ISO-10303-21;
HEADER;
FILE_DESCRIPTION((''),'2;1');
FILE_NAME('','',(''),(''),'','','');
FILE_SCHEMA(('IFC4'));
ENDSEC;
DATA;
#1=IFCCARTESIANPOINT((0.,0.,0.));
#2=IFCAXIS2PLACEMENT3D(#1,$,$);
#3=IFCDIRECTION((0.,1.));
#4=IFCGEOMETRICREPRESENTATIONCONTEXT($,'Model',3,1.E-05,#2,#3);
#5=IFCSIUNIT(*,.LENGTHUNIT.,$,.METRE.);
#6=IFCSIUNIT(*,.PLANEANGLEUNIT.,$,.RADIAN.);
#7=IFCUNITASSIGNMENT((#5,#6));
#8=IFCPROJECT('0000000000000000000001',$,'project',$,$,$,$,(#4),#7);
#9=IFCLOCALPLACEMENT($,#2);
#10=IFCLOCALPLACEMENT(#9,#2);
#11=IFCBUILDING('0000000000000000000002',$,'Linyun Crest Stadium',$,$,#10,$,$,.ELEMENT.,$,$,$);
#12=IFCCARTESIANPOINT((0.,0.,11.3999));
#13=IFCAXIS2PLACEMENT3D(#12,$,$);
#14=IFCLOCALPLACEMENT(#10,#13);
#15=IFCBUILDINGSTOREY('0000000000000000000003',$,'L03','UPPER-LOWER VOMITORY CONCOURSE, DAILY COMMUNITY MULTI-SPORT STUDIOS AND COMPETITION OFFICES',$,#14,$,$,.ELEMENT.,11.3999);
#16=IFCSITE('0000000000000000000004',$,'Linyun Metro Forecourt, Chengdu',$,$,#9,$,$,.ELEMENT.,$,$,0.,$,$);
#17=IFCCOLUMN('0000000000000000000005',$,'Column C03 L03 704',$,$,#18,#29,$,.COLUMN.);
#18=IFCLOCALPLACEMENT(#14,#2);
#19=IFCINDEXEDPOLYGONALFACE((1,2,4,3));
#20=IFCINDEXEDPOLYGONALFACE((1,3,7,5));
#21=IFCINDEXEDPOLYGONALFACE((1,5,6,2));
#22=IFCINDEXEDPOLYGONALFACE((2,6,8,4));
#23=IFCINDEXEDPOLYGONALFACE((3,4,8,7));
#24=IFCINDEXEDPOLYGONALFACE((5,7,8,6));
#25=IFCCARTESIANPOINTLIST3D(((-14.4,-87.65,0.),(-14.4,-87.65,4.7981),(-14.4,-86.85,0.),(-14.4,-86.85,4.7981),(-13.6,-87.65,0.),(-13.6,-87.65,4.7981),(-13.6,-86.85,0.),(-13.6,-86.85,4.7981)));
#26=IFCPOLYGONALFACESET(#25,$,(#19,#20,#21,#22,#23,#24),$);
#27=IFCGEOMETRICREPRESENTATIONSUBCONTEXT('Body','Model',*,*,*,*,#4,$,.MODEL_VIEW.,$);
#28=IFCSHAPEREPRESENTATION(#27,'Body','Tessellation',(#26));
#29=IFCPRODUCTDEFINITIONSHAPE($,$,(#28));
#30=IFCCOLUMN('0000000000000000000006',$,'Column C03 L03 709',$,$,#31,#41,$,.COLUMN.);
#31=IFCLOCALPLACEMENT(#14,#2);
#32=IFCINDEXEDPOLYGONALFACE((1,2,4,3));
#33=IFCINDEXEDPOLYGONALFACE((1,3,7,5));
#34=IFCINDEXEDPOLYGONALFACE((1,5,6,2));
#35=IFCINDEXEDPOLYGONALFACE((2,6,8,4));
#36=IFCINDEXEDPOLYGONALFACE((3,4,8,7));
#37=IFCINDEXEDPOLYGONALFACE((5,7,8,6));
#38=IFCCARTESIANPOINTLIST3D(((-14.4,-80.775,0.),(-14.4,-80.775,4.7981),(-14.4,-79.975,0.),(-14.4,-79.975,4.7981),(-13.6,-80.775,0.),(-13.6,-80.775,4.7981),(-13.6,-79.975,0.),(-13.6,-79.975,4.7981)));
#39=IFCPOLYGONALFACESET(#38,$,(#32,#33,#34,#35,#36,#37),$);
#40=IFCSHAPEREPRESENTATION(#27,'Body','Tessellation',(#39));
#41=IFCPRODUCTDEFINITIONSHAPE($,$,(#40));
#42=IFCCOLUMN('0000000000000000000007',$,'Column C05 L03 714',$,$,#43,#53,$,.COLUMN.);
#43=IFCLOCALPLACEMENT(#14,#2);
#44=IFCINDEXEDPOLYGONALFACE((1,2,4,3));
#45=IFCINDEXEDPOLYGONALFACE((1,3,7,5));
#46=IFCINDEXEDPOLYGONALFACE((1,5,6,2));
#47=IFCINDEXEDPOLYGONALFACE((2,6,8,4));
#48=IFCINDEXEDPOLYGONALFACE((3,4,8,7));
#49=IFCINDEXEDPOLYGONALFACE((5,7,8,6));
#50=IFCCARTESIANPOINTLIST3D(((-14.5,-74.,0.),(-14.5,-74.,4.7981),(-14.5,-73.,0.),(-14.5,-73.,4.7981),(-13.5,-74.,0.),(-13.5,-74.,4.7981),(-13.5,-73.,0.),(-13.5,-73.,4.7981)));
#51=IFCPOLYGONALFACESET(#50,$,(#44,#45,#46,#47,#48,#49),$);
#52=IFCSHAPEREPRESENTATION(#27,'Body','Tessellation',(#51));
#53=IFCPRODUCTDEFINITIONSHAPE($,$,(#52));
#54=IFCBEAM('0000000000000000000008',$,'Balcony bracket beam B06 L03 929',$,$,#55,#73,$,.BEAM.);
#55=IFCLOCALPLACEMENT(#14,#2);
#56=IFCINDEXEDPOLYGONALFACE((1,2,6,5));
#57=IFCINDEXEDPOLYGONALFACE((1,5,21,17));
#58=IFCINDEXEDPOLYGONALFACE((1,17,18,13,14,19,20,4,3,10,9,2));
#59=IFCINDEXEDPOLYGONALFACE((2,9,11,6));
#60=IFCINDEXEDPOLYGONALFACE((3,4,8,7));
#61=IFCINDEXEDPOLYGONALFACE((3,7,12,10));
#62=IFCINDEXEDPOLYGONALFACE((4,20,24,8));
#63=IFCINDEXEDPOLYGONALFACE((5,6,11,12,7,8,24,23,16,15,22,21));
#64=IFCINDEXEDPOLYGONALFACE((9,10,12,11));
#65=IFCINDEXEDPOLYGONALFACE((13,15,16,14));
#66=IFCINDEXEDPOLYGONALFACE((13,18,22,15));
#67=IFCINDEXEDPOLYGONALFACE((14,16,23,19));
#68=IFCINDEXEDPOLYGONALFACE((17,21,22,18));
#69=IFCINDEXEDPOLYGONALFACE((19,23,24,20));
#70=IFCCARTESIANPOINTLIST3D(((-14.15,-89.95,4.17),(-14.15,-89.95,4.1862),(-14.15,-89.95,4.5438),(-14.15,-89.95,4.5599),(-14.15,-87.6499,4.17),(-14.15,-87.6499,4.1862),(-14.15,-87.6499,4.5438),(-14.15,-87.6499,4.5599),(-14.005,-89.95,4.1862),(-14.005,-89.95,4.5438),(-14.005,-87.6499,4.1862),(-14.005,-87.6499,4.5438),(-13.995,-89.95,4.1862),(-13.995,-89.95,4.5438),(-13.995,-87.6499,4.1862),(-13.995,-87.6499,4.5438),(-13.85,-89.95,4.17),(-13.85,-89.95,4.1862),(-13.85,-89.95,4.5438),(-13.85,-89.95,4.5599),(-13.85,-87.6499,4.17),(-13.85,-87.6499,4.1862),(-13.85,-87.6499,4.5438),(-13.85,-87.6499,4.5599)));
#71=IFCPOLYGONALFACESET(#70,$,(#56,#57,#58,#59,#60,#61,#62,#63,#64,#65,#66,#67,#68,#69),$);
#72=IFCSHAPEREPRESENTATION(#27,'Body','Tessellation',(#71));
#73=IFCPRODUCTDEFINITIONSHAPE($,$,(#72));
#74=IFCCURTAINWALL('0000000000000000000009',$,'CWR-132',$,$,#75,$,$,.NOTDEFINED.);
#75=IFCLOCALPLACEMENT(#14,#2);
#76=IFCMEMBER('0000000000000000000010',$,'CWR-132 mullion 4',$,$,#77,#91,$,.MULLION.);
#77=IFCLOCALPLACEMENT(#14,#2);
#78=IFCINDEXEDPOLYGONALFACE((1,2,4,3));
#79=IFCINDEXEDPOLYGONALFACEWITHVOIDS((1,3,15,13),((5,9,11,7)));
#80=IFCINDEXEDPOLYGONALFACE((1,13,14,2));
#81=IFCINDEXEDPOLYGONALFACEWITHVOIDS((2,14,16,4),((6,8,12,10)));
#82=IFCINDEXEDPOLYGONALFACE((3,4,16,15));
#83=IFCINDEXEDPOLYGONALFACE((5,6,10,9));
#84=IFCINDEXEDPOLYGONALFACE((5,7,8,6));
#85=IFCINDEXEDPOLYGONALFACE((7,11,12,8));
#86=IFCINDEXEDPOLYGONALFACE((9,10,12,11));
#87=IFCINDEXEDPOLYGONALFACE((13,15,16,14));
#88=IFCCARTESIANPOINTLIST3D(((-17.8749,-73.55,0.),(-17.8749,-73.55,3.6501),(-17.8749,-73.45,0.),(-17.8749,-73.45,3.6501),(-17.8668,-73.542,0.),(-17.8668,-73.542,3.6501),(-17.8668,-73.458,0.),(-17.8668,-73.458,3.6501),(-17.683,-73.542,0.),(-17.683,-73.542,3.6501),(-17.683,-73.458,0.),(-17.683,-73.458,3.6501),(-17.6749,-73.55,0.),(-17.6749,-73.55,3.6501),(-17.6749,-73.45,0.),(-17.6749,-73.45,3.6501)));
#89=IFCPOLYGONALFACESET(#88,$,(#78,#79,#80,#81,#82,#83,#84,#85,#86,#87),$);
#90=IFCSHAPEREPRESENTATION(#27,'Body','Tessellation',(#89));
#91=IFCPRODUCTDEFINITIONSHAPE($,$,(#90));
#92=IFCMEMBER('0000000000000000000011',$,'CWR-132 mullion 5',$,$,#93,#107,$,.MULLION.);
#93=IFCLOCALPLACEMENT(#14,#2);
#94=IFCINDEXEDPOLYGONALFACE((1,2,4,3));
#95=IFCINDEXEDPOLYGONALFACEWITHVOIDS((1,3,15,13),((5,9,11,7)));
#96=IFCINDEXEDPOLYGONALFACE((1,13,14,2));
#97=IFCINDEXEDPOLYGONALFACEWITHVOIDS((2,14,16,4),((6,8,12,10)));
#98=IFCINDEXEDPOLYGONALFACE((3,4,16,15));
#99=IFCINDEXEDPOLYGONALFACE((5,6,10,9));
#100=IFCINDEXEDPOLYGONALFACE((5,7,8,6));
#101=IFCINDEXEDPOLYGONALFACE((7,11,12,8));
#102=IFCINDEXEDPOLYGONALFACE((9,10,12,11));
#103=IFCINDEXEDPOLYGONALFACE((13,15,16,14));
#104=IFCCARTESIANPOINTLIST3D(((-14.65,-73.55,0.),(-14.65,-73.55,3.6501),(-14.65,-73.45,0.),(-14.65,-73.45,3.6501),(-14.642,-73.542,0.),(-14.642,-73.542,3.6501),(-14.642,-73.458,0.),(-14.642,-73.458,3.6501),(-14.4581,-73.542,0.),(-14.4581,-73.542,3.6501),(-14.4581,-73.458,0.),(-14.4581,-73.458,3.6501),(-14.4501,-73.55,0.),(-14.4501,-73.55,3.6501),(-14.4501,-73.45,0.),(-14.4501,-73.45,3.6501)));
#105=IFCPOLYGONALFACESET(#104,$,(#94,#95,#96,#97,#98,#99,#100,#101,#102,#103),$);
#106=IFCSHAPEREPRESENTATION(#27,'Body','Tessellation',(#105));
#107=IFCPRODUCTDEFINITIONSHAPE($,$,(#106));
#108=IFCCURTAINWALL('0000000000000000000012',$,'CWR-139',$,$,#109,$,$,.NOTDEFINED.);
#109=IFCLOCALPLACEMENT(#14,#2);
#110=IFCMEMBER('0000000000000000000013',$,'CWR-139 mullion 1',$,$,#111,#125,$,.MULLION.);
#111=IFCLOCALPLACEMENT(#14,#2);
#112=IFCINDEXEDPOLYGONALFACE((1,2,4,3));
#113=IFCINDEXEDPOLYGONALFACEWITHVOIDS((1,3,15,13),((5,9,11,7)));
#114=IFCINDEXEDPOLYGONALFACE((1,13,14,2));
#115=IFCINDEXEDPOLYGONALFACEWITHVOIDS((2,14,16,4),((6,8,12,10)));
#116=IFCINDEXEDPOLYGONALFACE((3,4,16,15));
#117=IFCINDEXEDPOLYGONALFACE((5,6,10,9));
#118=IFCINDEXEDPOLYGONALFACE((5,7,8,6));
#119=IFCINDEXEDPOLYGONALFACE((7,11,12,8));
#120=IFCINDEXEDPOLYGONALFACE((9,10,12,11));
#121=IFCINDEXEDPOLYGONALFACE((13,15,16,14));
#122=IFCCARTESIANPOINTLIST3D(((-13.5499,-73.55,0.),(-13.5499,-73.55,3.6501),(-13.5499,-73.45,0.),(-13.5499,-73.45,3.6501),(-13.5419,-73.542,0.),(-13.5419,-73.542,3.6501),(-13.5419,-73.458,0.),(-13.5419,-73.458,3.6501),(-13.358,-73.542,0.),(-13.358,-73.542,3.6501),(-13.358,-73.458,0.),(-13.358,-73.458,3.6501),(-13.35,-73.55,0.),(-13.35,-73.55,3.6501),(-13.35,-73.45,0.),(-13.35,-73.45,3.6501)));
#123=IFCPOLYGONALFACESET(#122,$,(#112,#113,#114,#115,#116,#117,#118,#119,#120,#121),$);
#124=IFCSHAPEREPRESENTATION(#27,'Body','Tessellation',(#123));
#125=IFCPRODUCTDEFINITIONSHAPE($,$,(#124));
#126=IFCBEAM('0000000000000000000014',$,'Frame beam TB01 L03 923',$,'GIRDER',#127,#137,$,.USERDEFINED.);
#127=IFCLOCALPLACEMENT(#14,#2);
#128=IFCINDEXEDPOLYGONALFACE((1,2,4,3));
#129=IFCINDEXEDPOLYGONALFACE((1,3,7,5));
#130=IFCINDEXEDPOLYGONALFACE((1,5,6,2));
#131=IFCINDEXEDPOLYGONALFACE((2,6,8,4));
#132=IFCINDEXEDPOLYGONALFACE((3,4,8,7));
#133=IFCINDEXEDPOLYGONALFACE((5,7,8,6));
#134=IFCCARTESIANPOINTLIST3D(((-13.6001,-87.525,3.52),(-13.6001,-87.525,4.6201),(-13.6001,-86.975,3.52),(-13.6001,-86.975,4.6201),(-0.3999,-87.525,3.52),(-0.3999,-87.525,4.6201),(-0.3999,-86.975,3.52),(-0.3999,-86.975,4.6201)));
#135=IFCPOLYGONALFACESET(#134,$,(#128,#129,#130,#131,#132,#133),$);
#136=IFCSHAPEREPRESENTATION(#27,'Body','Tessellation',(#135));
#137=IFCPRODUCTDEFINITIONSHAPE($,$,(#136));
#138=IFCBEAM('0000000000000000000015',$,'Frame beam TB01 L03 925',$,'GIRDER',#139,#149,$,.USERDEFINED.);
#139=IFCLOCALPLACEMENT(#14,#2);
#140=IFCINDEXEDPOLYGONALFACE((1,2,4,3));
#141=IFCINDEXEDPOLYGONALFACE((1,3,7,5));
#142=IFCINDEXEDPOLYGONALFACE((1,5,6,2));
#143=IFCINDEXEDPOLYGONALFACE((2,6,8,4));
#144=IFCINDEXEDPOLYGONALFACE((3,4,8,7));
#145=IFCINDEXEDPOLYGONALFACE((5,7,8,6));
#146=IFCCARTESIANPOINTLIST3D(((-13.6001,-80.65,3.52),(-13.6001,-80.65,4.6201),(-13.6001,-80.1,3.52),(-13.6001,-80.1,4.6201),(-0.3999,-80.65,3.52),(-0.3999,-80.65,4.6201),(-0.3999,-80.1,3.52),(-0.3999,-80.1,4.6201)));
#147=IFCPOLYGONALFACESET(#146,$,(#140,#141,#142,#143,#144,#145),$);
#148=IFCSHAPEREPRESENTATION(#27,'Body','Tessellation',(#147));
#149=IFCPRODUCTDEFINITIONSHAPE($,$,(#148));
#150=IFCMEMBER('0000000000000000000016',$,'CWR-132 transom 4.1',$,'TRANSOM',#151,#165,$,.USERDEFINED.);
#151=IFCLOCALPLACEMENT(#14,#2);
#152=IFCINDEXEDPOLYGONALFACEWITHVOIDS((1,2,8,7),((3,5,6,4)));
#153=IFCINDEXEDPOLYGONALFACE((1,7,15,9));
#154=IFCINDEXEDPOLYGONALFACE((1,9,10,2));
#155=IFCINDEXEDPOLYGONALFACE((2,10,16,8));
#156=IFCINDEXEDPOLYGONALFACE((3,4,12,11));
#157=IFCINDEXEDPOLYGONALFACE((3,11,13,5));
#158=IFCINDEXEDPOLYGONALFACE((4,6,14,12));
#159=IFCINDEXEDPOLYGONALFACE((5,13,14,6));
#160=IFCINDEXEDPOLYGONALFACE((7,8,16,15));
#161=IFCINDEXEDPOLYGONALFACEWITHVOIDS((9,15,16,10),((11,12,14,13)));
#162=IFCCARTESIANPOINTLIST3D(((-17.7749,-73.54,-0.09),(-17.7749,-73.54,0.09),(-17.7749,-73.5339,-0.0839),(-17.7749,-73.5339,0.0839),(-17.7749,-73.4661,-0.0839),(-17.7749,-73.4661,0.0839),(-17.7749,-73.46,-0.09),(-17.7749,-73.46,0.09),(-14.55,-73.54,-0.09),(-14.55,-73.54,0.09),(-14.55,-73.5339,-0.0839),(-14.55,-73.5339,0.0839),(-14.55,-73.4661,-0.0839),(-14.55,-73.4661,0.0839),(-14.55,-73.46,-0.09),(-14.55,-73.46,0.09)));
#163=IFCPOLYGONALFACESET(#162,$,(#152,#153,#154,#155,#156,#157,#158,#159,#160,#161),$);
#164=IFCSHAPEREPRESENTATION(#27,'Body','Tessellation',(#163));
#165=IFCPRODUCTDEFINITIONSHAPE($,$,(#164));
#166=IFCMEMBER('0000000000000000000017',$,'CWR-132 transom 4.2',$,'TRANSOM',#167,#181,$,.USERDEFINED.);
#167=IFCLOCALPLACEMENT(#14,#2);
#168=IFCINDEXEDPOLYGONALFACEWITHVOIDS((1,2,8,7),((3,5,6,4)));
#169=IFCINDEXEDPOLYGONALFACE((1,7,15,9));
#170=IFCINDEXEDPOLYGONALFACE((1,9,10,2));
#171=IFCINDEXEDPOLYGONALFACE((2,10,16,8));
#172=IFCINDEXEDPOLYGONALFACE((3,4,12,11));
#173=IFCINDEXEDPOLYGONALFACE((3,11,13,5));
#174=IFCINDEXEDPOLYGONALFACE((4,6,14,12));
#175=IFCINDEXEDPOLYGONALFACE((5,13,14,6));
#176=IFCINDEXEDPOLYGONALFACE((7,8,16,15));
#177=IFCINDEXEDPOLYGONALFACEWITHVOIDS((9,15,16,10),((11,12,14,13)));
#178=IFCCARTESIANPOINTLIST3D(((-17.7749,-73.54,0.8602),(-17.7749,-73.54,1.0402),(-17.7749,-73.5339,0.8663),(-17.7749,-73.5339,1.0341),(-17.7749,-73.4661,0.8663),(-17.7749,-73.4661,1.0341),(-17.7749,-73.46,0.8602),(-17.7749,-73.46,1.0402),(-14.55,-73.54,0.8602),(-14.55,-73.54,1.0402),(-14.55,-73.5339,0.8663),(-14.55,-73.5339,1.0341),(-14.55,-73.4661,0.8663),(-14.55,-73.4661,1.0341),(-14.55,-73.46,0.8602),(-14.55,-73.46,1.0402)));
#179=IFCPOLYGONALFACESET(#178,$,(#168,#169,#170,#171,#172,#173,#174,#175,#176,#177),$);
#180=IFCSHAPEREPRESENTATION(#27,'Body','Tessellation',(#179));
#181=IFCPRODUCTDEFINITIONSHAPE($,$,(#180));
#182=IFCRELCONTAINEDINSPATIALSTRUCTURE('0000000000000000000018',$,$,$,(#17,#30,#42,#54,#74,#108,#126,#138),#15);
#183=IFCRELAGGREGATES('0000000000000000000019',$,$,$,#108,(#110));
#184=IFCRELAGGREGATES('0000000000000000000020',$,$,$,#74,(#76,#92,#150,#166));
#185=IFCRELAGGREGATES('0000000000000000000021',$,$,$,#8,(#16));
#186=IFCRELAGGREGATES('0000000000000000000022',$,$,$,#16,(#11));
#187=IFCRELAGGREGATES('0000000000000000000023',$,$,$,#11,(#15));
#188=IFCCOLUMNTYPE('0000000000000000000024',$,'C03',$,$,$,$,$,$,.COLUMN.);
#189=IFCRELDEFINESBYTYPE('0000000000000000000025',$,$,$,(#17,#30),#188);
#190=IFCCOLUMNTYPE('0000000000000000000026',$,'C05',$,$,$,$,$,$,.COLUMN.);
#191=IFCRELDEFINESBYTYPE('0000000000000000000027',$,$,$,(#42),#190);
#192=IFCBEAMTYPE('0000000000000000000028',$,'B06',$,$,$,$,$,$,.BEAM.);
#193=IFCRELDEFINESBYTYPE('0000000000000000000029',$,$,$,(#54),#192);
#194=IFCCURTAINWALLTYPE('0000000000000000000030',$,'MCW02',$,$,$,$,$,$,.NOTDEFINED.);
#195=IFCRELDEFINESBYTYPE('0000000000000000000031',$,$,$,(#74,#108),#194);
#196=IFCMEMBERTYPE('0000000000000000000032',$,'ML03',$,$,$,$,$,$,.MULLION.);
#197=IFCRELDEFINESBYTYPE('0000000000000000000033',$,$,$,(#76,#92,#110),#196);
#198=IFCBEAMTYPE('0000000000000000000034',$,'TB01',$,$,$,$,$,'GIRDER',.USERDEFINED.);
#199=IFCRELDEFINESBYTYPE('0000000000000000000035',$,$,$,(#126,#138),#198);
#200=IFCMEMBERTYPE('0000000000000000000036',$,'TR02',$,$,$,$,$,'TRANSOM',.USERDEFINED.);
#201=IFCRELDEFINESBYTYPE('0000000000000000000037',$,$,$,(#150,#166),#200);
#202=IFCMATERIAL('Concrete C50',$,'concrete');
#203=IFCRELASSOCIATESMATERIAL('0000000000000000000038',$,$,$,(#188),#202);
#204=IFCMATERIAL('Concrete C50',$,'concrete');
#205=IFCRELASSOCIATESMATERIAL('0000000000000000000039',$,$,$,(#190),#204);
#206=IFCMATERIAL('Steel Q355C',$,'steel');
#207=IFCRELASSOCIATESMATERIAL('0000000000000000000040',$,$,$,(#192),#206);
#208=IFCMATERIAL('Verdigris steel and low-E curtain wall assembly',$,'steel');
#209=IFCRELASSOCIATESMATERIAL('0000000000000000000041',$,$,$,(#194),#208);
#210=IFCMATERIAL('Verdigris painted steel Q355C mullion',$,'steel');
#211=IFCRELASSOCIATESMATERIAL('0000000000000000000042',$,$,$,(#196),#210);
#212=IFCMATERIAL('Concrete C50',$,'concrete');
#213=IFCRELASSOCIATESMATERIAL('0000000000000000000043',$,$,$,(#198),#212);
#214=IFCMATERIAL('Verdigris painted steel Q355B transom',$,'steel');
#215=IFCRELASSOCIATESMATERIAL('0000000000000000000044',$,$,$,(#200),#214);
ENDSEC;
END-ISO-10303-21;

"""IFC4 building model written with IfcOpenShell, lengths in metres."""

from ifc_helpers import new_model, si_unit, direction, frame, origin, origin_2d, place, context, subcontext, project, spatial, rectangle, hollow_rectangle, i_section, extrude, material, material_profile, profile_set, type_object, element, aggregate, save


model = new_model("IFC4")

# Units and contexts
model_context = context("Model", 3, precision=1e-05, world=origin(), true_north=direction((0.0, 1.0)))
body_context = subcontext(model_context, "Body", "Model", "MODEL_VIEW")
ifc_project = project(units=[si_unit("LENGTHUNIT", "METRE"), si_unit("PLANEANGLEUNIT", "RADIAN")], contexts=[model_context])

# Site, building, storey
site_placement = place(None, origin())
site = spatial("IfcSite", under=ifc_project, at=site_placement, Name="Linyun Metro Forecourt, Chengdu", CompositionType="ELEMENT", RefElevation=0.0)
building_placement = place(site_placement, origin())
building = spatial("IfcBuilding", under=site, at=building_placement, Name="Linyun Crest Stadium", CompositionType="ELEMENT")
storey_placement = place(building_placement, frame((0.0, 0.0, 11.3999)))
storey = spatial("IfcBuildingStorey", under=building, at=storey_placement, Name="L03", Description="UPPER-LOWER VOMITORY CONCOURSE, DAILY COMMUNITY MULTI-SPORT STUDIOS AND COMPETITION OFFICES", CompositionType="ELEMENT", Elevation=11.3999)

# Columns
ifc_material_1 = material(Name="Concrete C50", Category="concrete")
ifc_material_profile_1 = material_profile(ifc_material_1, rectangle(XDim=0.8, YDim=0.8, at=origin_2d()), Name="RC 800x800")
ifc_profile_set_1 = profile_set([ifc_material_profile_1], Name="Concrete C50")
column_type_1 = type_object("IfcColumnType", Name="C03", PredefinedType="COLUMN", material=ifc_profile_set_1)
for number, where, z_axis, x_axis, name in (
    (1, (-14.0, -87.25, 0.0), (0.0, 0.0, 1.0), (1.0, 0.0, 0.0), "Column C03 L03 704"),
    (2, (-14.0, -80.375, 0.0), (0.0, 0.0, 1.0), (1.0, 0.0, 0.0), "Column C03 L03 709"),
):
    element("IfcColumn", number, at=place(storey_placement, frame(where, z_axis=z_axis, x_axis=x_axis)), inside=storey, type_object=column_type_1, Name=name, PredefinedType="COLUMN", context=body_context, shape_type="SweptSolid", body=[
        extrude(rectangle(XDim=0.8, YDim=0.8, at=origin_2d()), origin(), (0.0, 0.0, 1.0), 4.7981),
    ])
ifc_material_2 = material(Name="Concrete C50", Category="concrete")
ifc_material_profile_2 = material_profile(ifc_material_2, rectangle(XDim=1.0, YDim=1.0, at=origin_2d()), Name="RC 1000x1000")
ifc_profile_set_2 = profile_set([ifc_material_profile_2], Name="Concrete C50")
column_type_2 = type_object("IfcColumnType", Name="C05", PredefinedType="COLUMN", material=ifc_profile_set_2)
column_placement = place(storey_placement, frame((-14.0, -73.5, 0.0), z_axis=(0.0, 0.0, 1.0), x_axis=(1.0, 0.0, 0.0)))
element("IfcColumn", 3, at=column_placement, inside=storey, type_object=column_type_2, Name="Column C05 L03 714", PredefinedType="COLUMN", context=body_context, shape_type="SweptSolid", body=[
    extrude(rectangle(XDim=1.0, YDim=1.0, at=origin_2d()), origin(), (0.0, 0.0, 1.0), 4.7981),
])

# Beam
ifc_material_3 = material(Name="Steel Q355C", Category="steel")
ifc_material_profile_3 = material_profile(ifc_material_3, i_section(OverallWidth=0.3, OverallDepth=0.3899, WebThickness=0.01, FlangeThickness=0.0161, at=origin_2d()), Name="HM 390x300")
ifc_profile_set_3 = profile_set([ifc_material_profile_3], Name="Steel Q355C")
beam_type_1 = type_object("IfcBeamType", Name="B06", PredefinedType="BEAM", material=ifc_profile_set_3)
beam_placement = place(storey_placement, frame((-14.0, -89.95, 4.365), z_axis=(0.0, 1.0, 0.0), x_axis=(-1.0, 0.0, 0.0)))
element("IfcBeam", 4, at=beam_placement, inside=storey, type_object=beam_type_1, Name="Balcony bracket beam B06 L03 929", PredefinedType="BEAM", context=body_context, shape_type="SweptSolid", body=[
    extrude(i_section(OverallWidth=0.3, OverallDepth=0.3899, WebThickness=0.01, FlangeThickness=0.0161, at=origin_2d()), origin(), (0.0, 0.0, 1.0), 2.3),
])

# Curtain wall, members
ifc_material_4 = material(Name="Verdigris steel and low-E curtain wall assembly", Category="steel")
curtain_wall_type = type_object("IfcCurtainWallType", Name="MCW02", PredefinedType="NOTDEFINED", material=ifc_material_4)
curtain_wall_1_placement = place(storey_placement, origin())
curtain_wall_1 = element("IfcCurtainWall", 5, at=curtain_wall_1_placement, inside=storey, type_object=curtain_wall_type, Name="CWR-132", PredefinedType="NOTDEFINED")
ifc_material_5 = material(Name="Verdigris painted steel Q355C mullion", Category="steel")
ifc_material_profile_4 = material_profile(ifc_material_5, hollow_rectangle(XDim=0.1001, YDim=0.2, WallThickness=0.0081, at=origin_2d()), Name="RHS 200x100x8")
ifc_profile_set_4 = profile_set([ifc_material_profile_4], Name="Verdigris painted steel Q355C mullion")
member_type_1 = type_object("IfcMemberType", Name="ML03", PredefinedType="MULLION", material=ifc_profile_set_4)
member_1_placement = place(storey_placement, frame((-17.7749, -73.5, 0.0), z_axis=(0.0, 0.0, 1.0), x_axis=(0.0, 1.0, 0.0)))
member_1 = element("IfcMember", 6, at=member_1_placement, type_object=member_type_1, Name="CWR-132 mullion 4", PredefinedType="MULLION", context=body_context, shape_type="SweptSolid", body=[
    extrude(hollow_rectangle(XDim=0.1001, YDim=0.2, WallThickness=0.0081, at=origin_2d()), origin(), (0.0, 0.0, 1.0), 3.6501),
])
member_2_placement = place(storey_placement, frame((-14.55, -73.5, 0.0), z_axis=(0.0, 0.0, 1.0), x_axis=(0.0, 1.0, 0.0)))
member_2 = element("IfcMember", 7, at=member_2_placement, type_object=member_type_1, Name="CWR-132 mullion 5", PredefinedType="MULLION", context=body_context, shape_type="SweptSolid", body=[
    extrude(hollow_rectangle(XDim=0.1001, YDim=0.2, WallThickness=0.0081, at=origin_2d()), origin(), (0.0, 0.0, 1.0), 3.6501),
])

# Curtain wall, member
curtain_wall_2_placement = place(storey_placement, origin())
curtain_wall_2 = element("IfcCurtainWall", 8, at=curtain_wall_2_placement, inside=storey, type_object=curtain_wall_type, Name="CWR-139", PredefinedType="NOTDEFINED")
member_3_placement = place(storey_placement, frame((-13.45, -73.5, 0.0), z_axis=(0.0, 0.0, 1.0), x_axis=(0.0, 1.0, 0.0)))
member_3 = element("IfcMember", 9, at=member_3_placement, type_object=member_type_1, Name="CWR-139 mullion 1", PredefinedType="MULLION", context=body_context, shape_type="SweptSolid", body=[
    extrude(hollow_rectangle(XDim=0.1001, YDim=0.2, WallThickness=0.0081, at=origin_2d()), origin(), (0.0, 0.0, 1.0), 3.6501),
])

# Beams
ifc_material_6 = material(Name="Concrete C50", Category="concrete")
ifc_material_profile_5 = material_profile(ifc_material_6, rectangle(XDim=0.55, YDim=1.1001, at=origin_2d()), Name="RCB 1100x550")
ifc_profile_set_5 = profile_set([ifc_material_profile_5], Name="Concrete C50")
beam_type_2 = type_object("IfcBeamType", Name="TB01", ElementType="GIRDER", PredefinedType="USERDEFINED", material=ifc_profile_set_5)
for number, where, z_axis, x_axis, name in (
    (10, (-13.6001, -87.25, 4.0701), (1.0, 0.0, 0.0), (0.0, 1.0, 0.0), "Frame beam TB01 L03 923"),
    (11, (-13.6001, -80.375, 4.0701), (1.0, 0.0, 0.0), (0.0, 1.0, 0.0), "Frame beam TB01 L03 925"),
):
    element("IfcBeam", number, at=place(storey_placement, frame(where, z_axis=z_axis, x_axis=x_axis)), inside=storey, type_object=beam_type_2, Name=name, ObjectType="GIRDER", PredefinedType="USERDEFINED", context=body_context, shape_type="SweptSolid", body=[
        extrude(rectangle(XDim=0.55, YDim=1.1001, at=origin_2d()), origin(), (0.0, 0.0, 1.0), 13.2002),
    ])

# Members
ifc_material_7 = material(Name="Verdigris painted steel Q355B transom", Category="steel")
ifc_material_profile_6 = material_profile(ifc_material_7, hollow_rectangle(XDim=0.0801, YDim=0.1799, WallThickness=0.0061, at=origin_2d()), Name="RHS 180x80x6")
ifc_profile_set_6 = profile_set([ifc_material_profile_6], Name="Verdigris painted steel Q355B transom")
member_type_2 = type_object("IfcMemberType", Name="TR02", ElementType="TRANSOM", PredefinedType="USERDEFINED", material=ifc_profile_set_6)
member_4_placement = place(storey_placement, frame((-17.7749, -73.5, 0.0), z_axis=(1.0, 0.0, 0.0), x_axis=(0.0, 1.0, 0.0)))
member_4 = element("IfcMember", 12, at=member_4_placement, type_object=member_type_2, Name="CWR-132 transom 4.1", ObjectType="TRANSOM", PredefinedType="USERDEFINED", context=body_context, shape_type="SweptSolid", body=[
    extrude(hollow_rectangle(XDim=0.0801, YDim=0.1799, WallThickness=0.0061, at=origin_2d()), origin(), (0.0, 0.0, 1.0), 3.2249),
])
member_5_placement = place(storey_placement, frame((-17.7749, -73.5, 0.9502), z_axis=(1.0, 0.0, 0.0), x_axis=(0.0, 1.0, 0.0)))
member_5 = element("IfcMember", 13, at=member_5_placement, type_object=member_type_2, Name="CWR-132 transom 4.2", ObjectType="TRANSOM", PredefinedType="USERDEFINED", context=body_context, shape_type="SweptSolid", body=[
    extrude(hollow_rectangle(XDim=0.0801, YDim=0.1799, WallThickness=0.0061, at=origin_2d()), origin(), (0.0, 0.0, 1.0), 3.2249),
])
aggregate(curtain_wall_2, [member_3])

aggregate(curtain_wall_1, [member_1, member_2, member_4, member_5])

save(model, "model.ifc")
